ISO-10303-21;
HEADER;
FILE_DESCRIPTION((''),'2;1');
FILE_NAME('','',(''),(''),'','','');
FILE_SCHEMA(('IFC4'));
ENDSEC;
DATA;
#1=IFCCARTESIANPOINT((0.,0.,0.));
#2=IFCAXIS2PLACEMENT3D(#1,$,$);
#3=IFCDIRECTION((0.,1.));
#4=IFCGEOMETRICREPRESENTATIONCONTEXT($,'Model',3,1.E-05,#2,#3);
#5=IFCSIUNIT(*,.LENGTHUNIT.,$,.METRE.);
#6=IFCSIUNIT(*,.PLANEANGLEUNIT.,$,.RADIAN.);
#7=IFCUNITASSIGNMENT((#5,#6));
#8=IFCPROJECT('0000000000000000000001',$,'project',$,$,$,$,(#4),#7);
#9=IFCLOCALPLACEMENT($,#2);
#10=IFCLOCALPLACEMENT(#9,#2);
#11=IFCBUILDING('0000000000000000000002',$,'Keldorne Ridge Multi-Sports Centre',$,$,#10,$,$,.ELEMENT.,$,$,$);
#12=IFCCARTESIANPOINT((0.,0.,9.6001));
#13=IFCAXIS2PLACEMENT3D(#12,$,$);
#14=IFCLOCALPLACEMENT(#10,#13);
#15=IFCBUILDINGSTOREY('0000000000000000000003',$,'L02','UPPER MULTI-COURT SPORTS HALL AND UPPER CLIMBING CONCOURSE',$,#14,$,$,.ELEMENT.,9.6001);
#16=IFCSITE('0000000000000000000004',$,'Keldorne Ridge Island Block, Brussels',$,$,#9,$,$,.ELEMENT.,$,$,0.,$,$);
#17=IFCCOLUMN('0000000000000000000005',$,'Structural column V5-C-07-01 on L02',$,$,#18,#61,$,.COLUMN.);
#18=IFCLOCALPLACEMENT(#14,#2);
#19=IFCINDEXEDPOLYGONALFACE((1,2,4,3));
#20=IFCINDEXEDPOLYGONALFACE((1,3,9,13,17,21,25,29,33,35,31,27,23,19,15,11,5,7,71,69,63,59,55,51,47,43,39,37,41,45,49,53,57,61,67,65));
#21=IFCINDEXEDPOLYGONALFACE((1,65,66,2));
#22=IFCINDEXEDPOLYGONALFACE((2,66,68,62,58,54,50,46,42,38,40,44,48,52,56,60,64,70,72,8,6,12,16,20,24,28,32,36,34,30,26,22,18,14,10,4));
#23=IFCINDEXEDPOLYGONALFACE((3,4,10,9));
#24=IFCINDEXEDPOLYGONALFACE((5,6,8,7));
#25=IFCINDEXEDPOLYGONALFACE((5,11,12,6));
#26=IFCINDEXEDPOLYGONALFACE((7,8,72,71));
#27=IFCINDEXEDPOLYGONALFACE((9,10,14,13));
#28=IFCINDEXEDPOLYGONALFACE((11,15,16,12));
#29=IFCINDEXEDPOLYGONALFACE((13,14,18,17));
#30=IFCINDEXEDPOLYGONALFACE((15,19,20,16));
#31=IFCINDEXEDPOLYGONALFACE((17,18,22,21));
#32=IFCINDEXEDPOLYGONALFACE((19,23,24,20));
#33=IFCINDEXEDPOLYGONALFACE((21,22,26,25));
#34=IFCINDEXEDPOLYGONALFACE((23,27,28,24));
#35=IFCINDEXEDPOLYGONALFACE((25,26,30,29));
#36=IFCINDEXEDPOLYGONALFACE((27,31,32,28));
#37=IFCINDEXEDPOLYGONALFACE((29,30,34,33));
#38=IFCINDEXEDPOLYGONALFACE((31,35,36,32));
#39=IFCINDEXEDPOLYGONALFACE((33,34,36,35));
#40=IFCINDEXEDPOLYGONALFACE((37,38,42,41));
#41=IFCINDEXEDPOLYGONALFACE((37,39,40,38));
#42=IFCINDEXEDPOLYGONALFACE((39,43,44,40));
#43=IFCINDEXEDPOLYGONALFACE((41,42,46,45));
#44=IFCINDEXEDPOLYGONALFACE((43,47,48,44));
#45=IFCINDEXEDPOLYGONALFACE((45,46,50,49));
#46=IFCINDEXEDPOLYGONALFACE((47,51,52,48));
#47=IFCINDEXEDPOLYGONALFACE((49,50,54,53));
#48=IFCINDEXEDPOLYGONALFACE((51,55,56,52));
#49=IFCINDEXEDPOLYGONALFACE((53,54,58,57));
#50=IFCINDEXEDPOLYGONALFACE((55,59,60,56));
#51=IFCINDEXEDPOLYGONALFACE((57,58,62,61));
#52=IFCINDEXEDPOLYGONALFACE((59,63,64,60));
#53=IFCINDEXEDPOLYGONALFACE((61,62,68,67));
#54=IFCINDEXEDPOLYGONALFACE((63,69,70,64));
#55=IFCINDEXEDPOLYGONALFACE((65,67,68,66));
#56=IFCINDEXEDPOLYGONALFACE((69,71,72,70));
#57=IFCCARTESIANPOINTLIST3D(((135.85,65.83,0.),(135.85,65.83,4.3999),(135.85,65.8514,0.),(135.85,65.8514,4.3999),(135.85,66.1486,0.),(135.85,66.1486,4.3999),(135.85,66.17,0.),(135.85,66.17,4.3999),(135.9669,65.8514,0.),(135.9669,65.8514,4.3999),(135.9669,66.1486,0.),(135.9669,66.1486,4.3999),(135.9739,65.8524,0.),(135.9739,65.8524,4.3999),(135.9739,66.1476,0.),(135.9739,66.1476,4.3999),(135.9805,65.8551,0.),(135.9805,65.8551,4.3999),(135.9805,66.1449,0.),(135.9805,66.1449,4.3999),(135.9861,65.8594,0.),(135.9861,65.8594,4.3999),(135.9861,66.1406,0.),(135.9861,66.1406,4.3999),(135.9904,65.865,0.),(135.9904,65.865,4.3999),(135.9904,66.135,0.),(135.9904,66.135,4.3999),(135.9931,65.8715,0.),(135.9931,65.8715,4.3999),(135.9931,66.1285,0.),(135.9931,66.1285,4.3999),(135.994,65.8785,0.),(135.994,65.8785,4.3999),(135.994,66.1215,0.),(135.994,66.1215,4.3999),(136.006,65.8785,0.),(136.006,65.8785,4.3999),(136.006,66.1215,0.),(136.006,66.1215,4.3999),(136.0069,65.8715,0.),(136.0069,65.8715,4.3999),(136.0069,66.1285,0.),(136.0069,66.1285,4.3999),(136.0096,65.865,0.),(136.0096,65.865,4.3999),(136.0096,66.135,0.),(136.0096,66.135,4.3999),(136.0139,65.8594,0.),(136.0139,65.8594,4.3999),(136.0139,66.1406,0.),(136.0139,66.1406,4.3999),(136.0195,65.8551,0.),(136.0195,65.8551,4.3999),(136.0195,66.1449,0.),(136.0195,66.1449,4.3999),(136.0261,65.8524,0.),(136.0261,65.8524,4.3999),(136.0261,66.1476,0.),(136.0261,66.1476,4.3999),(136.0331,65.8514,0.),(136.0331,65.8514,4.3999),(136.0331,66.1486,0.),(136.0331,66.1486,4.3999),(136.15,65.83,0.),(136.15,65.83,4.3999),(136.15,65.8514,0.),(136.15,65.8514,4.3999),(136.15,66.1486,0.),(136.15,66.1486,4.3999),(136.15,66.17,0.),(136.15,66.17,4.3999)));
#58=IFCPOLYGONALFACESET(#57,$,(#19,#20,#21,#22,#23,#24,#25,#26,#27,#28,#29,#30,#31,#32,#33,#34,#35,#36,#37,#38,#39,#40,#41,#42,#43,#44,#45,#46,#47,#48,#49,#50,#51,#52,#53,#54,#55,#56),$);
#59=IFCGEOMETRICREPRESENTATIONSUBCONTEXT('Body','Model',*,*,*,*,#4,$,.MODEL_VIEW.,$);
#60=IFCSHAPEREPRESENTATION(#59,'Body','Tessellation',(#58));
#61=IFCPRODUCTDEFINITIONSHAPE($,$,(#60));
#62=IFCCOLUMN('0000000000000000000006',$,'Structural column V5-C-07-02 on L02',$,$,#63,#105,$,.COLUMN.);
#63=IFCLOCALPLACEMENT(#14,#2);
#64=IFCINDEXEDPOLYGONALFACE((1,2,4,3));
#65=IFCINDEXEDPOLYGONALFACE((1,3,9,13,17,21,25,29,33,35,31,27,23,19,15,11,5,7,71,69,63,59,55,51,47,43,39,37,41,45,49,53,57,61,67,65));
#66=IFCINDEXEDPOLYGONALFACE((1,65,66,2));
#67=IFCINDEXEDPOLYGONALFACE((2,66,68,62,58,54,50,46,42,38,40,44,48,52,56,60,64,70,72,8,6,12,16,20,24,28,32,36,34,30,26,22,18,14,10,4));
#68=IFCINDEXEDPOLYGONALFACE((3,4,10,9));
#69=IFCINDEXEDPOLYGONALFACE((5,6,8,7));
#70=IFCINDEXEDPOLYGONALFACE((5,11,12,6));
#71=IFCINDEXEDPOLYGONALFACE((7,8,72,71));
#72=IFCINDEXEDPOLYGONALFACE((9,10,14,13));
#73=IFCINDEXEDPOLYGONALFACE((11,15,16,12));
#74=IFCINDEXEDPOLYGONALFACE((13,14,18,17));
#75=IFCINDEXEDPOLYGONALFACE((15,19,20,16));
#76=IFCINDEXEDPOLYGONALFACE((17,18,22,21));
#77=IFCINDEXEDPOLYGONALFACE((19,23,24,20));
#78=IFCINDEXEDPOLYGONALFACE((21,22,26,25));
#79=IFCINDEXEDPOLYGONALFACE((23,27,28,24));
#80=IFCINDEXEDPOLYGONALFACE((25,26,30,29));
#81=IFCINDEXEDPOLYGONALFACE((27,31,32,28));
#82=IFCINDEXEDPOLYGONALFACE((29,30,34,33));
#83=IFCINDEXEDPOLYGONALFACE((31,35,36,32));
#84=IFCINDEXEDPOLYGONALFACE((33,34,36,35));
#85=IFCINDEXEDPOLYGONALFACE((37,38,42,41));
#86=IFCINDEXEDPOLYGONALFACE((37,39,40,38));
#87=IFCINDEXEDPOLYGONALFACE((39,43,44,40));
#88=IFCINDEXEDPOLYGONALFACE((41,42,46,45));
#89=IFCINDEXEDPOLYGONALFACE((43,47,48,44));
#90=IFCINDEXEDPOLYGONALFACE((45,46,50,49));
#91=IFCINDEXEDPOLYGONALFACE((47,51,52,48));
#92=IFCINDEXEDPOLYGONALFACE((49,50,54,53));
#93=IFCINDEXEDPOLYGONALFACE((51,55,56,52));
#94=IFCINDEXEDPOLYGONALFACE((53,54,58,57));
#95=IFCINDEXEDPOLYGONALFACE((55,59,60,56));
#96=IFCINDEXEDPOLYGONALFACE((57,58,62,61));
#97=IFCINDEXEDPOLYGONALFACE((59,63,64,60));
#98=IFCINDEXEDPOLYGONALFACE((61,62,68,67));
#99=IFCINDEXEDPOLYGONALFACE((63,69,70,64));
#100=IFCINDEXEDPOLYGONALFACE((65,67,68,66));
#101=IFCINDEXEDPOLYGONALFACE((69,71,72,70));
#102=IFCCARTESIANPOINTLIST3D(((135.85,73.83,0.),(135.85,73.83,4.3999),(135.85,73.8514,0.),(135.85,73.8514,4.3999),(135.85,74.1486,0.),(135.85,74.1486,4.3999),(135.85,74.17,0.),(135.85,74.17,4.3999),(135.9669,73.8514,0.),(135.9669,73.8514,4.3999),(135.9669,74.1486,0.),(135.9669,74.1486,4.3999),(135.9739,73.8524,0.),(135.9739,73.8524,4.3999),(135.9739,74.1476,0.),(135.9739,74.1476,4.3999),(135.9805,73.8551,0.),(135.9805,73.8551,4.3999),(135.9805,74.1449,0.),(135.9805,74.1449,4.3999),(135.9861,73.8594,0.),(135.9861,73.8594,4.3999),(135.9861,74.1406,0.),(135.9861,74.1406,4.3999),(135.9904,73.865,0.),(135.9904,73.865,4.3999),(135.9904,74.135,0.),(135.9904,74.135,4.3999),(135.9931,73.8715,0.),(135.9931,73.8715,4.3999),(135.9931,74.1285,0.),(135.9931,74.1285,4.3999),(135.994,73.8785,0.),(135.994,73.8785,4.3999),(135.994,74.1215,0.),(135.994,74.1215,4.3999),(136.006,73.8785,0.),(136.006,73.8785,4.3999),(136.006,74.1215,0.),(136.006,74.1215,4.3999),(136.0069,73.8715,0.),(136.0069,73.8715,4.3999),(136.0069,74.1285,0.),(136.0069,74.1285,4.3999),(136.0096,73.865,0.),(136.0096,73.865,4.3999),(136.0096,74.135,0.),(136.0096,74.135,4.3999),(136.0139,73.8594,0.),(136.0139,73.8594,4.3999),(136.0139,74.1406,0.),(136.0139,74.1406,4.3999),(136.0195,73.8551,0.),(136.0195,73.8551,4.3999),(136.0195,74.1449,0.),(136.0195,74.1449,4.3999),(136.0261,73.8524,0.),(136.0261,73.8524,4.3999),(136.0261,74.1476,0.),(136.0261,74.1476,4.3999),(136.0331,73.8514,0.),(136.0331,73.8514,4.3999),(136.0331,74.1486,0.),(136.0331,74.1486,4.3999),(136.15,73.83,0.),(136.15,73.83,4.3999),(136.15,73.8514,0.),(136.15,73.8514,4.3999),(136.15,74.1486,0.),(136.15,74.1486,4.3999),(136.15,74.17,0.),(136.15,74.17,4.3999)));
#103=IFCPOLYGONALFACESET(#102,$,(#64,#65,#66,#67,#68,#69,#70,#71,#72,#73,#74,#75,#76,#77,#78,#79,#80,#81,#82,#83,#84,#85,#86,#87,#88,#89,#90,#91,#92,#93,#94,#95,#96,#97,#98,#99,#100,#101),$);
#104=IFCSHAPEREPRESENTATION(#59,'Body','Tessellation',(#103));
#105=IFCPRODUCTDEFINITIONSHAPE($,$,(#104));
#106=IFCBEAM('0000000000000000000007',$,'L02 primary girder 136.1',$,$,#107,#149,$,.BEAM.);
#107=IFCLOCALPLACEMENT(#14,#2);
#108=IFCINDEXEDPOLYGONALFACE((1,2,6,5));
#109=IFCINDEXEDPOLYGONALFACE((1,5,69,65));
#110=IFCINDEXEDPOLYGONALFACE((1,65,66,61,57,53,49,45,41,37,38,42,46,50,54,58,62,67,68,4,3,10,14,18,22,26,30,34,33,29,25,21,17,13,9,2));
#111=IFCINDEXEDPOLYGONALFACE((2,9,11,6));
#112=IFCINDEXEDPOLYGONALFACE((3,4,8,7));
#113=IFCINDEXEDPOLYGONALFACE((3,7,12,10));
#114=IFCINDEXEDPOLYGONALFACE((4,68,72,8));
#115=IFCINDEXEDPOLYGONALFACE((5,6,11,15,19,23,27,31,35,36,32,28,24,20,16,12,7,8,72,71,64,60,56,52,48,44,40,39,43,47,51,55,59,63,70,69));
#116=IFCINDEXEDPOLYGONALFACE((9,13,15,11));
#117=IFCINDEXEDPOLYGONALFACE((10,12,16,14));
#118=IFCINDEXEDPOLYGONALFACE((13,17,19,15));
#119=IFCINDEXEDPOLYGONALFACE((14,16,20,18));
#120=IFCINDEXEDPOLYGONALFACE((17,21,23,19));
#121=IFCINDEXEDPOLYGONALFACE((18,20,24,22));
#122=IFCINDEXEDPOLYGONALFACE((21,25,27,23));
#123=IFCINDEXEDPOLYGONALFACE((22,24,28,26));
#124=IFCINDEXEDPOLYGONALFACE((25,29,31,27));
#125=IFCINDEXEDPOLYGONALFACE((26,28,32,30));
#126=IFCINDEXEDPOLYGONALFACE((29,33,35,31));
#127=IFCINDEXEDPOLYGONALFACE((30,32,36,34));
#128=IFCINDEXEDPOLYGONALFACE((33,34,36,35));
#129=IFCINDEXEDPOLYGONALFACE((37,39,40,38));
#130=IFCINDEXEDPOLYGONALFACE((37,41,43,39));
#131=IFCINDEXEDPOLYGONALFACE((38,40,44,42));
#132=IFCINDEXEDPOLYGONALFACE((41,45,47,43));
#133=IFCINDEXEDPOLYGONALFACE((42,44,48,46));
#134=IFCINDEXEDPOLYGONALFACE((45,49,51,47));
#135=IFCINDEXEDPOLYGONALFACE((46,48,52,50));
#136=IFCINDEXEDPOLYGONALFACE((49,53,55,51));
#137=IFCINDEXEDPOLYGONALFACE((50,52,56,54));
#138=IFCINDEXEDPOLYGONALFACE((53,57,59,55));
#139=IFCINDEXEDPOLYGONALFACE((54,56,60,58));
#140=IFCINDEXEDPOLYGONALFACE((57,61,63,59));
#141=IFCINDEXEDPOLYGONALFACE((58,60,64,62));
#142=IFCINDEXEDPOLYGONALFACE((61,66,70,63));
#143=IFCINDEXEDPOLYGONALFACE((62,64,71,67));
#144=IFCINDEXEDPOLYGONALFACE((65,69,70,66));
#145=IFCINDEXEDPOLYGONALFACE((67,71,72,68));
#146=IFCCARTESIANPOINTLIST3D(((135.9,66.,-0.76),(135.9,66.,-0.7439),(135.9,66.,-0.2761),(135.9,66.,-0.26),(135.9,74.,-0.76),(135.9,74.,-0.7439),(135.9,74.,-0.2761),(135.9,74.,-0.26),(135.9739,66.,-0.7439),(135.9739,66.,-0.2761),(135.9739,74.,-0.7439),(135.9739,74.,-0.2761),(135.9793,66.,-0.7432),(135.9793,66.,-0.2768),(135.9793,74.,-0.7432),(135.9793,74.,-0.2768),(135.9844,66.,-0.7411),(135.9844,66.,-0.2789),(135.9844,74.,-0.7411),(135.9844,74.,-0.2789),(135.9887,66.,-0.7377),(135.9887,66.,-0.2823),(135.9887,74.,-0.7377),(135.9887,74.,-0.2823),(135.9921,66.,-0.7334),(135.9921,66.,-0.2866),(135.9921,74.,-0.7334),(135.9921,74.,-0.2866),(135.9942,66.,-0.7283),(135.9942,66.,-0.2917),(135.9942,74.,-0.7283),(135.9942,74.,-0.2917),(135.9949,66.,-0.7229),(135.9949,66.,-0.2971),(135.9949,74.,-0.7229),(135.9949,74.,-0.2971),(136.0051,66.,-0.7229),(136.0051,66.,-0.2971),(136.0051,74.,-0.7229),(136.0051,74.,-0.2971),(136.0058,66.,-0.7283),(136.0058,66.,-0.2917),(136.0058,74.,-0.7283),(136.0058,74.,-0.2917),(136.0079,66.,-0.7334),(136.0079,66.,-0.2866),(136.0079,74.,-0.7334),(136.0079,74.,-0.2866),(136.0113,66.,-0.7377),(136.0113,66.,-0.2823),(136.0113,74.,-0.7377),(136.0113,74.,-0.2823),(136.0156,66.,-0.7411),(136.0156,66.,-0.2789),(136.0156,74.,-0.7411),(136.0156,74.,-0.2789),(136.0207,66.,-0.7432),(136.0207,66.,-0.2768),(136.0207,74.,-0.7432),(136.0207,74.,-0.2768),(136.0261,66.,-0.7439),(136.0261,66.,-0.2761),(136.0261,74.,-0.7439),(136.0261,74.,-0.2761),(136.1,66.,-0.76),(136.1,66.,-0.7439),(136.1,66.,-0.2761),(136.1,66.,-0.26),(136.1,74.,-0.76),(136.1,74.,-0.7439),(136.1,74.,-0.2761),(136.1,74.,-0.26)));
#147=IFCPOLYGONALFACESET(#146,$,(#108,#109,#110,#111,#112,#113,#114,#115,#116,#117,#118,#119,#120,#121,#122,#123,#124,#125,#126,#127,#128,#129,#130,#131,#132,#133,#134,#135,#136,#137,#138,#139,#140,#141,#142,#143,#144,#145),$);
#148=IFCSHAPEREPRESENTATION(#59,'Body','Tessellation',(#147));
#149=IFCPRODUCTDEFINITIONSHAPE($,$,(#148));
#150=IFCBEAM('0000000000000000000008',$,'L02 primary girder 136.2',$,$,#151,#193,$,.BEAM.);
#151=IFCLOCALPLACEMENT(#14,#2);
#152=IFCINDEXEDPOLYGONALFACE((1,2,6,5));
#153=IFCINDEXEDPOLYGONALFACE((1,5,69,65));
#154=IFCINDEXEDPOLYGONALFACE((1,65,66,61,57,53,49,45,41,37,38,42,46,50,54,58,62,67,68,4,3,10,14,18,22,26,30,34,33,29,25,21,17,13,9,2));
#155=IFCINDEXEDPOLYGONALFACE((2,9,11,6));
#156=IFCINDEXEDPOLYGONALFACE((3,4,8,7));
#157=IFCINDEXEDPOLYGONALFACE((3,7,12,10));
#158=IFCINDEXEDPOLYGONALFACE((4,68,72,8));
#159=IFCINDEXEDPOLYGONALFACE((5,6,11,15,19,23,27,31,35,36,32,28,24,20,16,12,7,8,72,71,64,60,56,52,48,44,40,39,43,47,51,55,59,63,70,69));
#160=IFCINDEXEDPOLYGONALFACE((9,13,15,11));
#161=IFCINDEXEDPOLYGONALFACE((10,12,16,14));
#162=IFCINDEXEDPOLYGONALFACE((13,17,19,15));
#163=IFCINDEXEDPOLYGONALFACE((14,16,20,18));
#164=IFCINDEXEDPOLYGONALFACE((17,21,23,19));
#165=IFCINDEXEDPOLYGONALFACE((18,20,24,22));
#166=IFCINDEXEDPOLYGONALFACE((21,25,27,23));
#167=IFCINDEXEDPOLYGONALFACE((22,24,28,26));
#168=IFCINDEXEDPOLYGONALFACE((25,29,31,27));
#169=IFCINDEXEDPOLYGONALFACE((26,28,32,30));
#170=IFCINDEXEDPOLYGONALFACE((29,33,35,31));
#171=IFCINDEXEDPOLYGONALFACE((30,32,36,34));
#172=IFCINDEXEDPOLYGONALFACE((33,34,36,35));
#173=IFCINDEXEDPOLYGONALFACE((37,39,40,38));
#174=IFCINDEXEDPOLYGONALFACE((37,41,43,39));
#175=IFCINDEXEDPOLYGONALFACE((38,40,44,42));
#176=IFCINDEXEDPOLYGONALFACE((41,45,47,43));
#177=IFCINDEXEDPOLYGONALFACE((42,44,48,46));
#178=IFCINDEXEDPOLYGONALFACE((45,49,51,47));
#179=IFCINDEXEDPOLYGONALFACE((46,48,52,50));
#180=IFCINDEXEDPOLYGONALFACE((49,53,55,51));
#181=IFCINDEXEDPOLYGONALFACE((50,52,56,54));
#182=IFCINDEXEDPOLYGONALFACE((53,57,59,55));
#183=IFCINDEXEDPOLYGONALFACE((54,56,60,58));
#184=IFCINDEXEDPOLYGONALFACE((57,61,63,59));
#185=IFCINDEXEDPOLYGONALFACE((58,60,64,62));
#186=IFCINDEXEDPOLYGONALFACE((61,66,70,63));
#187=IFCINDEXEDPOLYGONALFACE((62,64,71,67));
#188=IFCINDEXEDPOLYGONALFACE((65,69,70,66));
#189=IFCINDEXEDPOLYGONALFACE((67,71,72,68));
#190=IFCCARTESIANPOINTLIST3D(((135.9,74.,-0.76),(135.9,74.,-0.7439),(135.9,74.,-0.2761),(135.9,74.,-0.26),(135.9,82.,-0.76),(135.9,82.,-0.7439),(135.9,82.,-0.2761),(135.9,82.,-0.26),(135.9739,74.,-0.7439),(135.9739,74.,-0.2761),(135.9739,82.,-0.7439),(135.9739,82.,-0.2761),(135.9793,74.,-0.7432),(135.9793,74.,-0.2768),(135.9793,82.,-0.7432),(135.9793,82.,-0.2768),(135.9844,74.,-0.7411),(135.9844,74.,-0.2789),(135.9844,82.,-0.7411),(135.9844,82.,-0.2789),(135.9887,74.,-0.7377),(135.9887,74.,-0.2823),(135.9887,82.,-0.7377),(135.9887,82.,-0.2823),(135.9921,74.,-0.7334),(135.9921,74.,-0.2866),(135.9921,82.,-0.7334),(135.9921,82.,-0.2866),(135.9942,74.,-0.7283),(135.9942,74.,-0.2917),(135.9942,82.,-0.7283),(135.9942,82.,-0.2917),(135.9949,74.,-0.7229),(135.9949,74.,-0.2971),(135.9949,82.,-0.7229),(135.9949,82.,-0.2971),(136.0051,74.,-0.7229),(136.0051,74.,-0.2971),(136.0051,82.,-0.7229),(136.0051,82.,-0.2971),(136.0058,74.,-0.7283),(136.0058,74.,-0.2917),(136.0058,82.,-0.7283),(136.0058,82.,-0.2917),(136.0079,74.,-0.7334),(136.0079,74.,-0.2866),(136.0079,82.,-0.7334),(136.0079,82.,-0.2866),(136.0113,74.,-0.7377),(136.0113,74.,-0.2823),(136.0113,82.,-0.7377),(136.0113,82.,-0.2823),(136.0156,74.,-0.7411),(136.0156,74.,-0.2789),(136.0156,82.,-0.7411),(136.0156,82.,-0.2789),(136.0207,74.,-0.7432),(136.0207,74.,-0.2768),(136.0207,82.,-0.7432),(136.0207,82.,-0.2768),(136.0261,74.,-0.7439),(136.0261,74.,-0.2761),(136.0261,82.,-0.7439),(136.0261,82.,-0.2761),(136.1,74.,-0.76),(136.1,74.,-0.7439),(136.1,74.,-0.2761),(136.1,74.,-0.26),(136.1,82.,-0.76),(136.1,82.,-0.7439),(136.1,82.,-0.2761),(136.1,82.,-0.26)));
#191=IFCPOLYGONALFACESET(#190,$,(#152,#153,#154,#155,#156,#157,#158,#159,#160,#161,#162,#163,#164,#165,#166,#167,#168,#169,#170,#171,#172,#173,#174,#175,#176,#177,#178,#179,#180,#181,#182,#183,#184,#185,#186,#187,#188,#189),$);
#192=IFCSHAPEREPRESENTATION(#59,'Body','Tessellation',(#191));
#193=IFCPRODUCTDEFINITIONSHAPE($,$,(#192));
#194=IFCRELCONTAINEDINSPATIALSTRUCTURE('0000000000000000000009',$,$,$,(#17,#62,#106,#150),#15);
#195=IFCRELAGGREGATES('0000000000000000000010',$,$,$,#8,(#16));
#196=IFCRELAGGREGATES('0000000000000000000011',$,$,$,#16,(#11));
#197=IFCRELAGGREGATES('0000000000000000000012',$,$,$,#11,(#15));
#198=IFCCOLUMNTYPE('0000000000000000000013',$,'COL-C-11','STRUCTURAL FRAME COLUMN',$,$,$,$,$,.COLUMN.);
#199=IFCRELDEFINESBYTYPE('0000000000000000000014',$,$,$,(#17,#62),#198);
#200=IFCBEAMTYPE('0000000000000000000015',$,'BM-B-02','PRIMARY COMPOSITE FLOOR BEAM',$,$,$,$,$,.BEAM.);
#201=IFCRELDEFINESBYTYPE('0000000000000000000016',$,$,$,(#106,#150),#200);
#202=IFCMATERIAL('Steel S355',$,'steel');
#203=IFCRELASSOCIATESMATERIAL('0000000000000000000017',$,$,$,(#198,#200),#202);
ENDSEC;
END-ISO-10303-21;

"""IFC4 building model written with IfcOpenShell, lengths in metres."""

from ifc_helpers import new_model, si_unit, direction, frame, origin, origin_2d, place, context, subcontext, project, spatial, i_section, extrude, material, material_profile, profile_set, type_object, element, save


model = new_model("IFC4")

# Units and contexts
model_context = context("Model", 3, precision=1e-05, world=origin(), true_north=direction((0.0, 1.0)))
body_context = subcontext(model_context, "Body", "Model", "MODEL_VIEW")
ifc_project = project(units=[si_unit("LENGTHUNIT", "METRE"), si_unit("PLANEANGLEUNIT", "RADIAN")], contexts=[model_context])

# Site, building, storey
site_placement = place(None, origin())
site = spatial("IfcSite", under=ifc_project, at=site_placement, Name="Keldorne Ridge Island Block, Brussels", CompositionType="ELEMENT", RefElevation=0.0)
building_placement = place(site_placement, origin())
building = spatial("IfcBuilding", under=site, at=building_placement, Name="Keldorne Ridge Multi-Sports Centre", CompositionType="ELEMENT")
storey_placement = place(building_placement, frame((0.0, 0.0, 9.6001)))
storey = spatial("IfcBuildingStorey", under=building, at=storey_placement, Name="L02", Description="UPPER MULTI-COURT SPORTS HALL AND UPPER CLIMBING CONCOURSE", CompositionType="ELEMENT", Elevation=9.6001)

# Columns
ifc_material_1 = material(Name="Steel S355", Category="steel")
ifc_material_profile_1 = material_profile(ifc_material_1, i_section(OverallWidth=0.3, OverallDepth=0.3401, WebThickness=0.012, FlangeThickness=0.0215, FilletRadius=0.0271, at=origin_2d()), Name="HEB 340")
ifc_profile_set_1 = profile_set([ifc_material_profile_1], Name="Steel S355")
column_type = type_object("IfcColumnType", Name="COL-C-11", Description="STRUCTURAL FRAME COLUMN", PredefinedType="COLUMN", material=ifc_profile_set_1)
for number, where, z_axis, x_axis, name in (
    (1, (136.0, 66.0, 0.0), (0.0, 0.0, 1.0), (1.0, 0.0, 0.0), "Structural column V5-C-07-01 on L02"),
    (2, (136.0, 74.0, 0.0), (0.0, 0.0, 1.0), (1.0, 0.0, 0.0), "Structural column V5-C-07-02 on L02"),
):
    element("IfcColumn", number, at=place(storey_placement, frame(where, z_axis=z_axis, x_axis=x_axis)), inside=storey, type_object=column_type, Name=name, PredefinedType="COLUMN", context=body_context, shape_type="SweptSolid", body=[
        extrude(i_section(OverallWidth=0.3, OverallDepth=0.3401, WebThickness=0.012, FlangeThickness=0.0215, FilletRadius=0.0271, at=origin_2d()), origin(), (0.0, 0.0, 1.0), 4.3999),
    ])

# Beams
ifc_material_profile_2 = material_profile(ifc_material_1, i_section(OverallWidth=0.2, OverallDepth=0.5, WebThickness=0.0103, FlangeThickness=0.0161, FilletRadius=0.021, at=origin_2d()), Name="IPE 500")
ifc_profile_set_2 = profile_set([ifc_material_profile_2], Name="Steel S355")
beam_type_1 = type_object("IfcBeamType", Name="BM-B-02", Description="PRIMARY COMPOSITE FLOOR BEAM", PredefinedType="BEAM", material=ifc_profile_set_2)
for number, where, z_axis, x_axis, name in (
    (3, (136.0, 66.0, -0.51), (0.0, 1.0, 0.0), (-1.0, 0.0, 0.0), "L02 primary girder 136.1"),
    (4, (136.0, 74.0, -0.51), (0.0, 1.0, 0.0), (-1.0, 0.0, 0.0), "L02 primary girder 136.2"),
):
    element("IfcBeam", number, at=place(storey_placement, frame(where, z_axis=z_axis, x_axis=x_axis)), inside=storey, type_object=beam_type_1, Name=name, PredefinedType="BEAM", context=body_context, shape_type="SweptSolid", body=[
        extrude(i_section(OverallWidth=0.2, OverallDepth=0.5, WebThickness=0.0103, FlangeThickness=0.0161, FilletRadius=0.021, at=origin_2d()), origin(), (0.0, 0.0, 1.0), 8.0),
    ])

save(model, "model.ifc")
